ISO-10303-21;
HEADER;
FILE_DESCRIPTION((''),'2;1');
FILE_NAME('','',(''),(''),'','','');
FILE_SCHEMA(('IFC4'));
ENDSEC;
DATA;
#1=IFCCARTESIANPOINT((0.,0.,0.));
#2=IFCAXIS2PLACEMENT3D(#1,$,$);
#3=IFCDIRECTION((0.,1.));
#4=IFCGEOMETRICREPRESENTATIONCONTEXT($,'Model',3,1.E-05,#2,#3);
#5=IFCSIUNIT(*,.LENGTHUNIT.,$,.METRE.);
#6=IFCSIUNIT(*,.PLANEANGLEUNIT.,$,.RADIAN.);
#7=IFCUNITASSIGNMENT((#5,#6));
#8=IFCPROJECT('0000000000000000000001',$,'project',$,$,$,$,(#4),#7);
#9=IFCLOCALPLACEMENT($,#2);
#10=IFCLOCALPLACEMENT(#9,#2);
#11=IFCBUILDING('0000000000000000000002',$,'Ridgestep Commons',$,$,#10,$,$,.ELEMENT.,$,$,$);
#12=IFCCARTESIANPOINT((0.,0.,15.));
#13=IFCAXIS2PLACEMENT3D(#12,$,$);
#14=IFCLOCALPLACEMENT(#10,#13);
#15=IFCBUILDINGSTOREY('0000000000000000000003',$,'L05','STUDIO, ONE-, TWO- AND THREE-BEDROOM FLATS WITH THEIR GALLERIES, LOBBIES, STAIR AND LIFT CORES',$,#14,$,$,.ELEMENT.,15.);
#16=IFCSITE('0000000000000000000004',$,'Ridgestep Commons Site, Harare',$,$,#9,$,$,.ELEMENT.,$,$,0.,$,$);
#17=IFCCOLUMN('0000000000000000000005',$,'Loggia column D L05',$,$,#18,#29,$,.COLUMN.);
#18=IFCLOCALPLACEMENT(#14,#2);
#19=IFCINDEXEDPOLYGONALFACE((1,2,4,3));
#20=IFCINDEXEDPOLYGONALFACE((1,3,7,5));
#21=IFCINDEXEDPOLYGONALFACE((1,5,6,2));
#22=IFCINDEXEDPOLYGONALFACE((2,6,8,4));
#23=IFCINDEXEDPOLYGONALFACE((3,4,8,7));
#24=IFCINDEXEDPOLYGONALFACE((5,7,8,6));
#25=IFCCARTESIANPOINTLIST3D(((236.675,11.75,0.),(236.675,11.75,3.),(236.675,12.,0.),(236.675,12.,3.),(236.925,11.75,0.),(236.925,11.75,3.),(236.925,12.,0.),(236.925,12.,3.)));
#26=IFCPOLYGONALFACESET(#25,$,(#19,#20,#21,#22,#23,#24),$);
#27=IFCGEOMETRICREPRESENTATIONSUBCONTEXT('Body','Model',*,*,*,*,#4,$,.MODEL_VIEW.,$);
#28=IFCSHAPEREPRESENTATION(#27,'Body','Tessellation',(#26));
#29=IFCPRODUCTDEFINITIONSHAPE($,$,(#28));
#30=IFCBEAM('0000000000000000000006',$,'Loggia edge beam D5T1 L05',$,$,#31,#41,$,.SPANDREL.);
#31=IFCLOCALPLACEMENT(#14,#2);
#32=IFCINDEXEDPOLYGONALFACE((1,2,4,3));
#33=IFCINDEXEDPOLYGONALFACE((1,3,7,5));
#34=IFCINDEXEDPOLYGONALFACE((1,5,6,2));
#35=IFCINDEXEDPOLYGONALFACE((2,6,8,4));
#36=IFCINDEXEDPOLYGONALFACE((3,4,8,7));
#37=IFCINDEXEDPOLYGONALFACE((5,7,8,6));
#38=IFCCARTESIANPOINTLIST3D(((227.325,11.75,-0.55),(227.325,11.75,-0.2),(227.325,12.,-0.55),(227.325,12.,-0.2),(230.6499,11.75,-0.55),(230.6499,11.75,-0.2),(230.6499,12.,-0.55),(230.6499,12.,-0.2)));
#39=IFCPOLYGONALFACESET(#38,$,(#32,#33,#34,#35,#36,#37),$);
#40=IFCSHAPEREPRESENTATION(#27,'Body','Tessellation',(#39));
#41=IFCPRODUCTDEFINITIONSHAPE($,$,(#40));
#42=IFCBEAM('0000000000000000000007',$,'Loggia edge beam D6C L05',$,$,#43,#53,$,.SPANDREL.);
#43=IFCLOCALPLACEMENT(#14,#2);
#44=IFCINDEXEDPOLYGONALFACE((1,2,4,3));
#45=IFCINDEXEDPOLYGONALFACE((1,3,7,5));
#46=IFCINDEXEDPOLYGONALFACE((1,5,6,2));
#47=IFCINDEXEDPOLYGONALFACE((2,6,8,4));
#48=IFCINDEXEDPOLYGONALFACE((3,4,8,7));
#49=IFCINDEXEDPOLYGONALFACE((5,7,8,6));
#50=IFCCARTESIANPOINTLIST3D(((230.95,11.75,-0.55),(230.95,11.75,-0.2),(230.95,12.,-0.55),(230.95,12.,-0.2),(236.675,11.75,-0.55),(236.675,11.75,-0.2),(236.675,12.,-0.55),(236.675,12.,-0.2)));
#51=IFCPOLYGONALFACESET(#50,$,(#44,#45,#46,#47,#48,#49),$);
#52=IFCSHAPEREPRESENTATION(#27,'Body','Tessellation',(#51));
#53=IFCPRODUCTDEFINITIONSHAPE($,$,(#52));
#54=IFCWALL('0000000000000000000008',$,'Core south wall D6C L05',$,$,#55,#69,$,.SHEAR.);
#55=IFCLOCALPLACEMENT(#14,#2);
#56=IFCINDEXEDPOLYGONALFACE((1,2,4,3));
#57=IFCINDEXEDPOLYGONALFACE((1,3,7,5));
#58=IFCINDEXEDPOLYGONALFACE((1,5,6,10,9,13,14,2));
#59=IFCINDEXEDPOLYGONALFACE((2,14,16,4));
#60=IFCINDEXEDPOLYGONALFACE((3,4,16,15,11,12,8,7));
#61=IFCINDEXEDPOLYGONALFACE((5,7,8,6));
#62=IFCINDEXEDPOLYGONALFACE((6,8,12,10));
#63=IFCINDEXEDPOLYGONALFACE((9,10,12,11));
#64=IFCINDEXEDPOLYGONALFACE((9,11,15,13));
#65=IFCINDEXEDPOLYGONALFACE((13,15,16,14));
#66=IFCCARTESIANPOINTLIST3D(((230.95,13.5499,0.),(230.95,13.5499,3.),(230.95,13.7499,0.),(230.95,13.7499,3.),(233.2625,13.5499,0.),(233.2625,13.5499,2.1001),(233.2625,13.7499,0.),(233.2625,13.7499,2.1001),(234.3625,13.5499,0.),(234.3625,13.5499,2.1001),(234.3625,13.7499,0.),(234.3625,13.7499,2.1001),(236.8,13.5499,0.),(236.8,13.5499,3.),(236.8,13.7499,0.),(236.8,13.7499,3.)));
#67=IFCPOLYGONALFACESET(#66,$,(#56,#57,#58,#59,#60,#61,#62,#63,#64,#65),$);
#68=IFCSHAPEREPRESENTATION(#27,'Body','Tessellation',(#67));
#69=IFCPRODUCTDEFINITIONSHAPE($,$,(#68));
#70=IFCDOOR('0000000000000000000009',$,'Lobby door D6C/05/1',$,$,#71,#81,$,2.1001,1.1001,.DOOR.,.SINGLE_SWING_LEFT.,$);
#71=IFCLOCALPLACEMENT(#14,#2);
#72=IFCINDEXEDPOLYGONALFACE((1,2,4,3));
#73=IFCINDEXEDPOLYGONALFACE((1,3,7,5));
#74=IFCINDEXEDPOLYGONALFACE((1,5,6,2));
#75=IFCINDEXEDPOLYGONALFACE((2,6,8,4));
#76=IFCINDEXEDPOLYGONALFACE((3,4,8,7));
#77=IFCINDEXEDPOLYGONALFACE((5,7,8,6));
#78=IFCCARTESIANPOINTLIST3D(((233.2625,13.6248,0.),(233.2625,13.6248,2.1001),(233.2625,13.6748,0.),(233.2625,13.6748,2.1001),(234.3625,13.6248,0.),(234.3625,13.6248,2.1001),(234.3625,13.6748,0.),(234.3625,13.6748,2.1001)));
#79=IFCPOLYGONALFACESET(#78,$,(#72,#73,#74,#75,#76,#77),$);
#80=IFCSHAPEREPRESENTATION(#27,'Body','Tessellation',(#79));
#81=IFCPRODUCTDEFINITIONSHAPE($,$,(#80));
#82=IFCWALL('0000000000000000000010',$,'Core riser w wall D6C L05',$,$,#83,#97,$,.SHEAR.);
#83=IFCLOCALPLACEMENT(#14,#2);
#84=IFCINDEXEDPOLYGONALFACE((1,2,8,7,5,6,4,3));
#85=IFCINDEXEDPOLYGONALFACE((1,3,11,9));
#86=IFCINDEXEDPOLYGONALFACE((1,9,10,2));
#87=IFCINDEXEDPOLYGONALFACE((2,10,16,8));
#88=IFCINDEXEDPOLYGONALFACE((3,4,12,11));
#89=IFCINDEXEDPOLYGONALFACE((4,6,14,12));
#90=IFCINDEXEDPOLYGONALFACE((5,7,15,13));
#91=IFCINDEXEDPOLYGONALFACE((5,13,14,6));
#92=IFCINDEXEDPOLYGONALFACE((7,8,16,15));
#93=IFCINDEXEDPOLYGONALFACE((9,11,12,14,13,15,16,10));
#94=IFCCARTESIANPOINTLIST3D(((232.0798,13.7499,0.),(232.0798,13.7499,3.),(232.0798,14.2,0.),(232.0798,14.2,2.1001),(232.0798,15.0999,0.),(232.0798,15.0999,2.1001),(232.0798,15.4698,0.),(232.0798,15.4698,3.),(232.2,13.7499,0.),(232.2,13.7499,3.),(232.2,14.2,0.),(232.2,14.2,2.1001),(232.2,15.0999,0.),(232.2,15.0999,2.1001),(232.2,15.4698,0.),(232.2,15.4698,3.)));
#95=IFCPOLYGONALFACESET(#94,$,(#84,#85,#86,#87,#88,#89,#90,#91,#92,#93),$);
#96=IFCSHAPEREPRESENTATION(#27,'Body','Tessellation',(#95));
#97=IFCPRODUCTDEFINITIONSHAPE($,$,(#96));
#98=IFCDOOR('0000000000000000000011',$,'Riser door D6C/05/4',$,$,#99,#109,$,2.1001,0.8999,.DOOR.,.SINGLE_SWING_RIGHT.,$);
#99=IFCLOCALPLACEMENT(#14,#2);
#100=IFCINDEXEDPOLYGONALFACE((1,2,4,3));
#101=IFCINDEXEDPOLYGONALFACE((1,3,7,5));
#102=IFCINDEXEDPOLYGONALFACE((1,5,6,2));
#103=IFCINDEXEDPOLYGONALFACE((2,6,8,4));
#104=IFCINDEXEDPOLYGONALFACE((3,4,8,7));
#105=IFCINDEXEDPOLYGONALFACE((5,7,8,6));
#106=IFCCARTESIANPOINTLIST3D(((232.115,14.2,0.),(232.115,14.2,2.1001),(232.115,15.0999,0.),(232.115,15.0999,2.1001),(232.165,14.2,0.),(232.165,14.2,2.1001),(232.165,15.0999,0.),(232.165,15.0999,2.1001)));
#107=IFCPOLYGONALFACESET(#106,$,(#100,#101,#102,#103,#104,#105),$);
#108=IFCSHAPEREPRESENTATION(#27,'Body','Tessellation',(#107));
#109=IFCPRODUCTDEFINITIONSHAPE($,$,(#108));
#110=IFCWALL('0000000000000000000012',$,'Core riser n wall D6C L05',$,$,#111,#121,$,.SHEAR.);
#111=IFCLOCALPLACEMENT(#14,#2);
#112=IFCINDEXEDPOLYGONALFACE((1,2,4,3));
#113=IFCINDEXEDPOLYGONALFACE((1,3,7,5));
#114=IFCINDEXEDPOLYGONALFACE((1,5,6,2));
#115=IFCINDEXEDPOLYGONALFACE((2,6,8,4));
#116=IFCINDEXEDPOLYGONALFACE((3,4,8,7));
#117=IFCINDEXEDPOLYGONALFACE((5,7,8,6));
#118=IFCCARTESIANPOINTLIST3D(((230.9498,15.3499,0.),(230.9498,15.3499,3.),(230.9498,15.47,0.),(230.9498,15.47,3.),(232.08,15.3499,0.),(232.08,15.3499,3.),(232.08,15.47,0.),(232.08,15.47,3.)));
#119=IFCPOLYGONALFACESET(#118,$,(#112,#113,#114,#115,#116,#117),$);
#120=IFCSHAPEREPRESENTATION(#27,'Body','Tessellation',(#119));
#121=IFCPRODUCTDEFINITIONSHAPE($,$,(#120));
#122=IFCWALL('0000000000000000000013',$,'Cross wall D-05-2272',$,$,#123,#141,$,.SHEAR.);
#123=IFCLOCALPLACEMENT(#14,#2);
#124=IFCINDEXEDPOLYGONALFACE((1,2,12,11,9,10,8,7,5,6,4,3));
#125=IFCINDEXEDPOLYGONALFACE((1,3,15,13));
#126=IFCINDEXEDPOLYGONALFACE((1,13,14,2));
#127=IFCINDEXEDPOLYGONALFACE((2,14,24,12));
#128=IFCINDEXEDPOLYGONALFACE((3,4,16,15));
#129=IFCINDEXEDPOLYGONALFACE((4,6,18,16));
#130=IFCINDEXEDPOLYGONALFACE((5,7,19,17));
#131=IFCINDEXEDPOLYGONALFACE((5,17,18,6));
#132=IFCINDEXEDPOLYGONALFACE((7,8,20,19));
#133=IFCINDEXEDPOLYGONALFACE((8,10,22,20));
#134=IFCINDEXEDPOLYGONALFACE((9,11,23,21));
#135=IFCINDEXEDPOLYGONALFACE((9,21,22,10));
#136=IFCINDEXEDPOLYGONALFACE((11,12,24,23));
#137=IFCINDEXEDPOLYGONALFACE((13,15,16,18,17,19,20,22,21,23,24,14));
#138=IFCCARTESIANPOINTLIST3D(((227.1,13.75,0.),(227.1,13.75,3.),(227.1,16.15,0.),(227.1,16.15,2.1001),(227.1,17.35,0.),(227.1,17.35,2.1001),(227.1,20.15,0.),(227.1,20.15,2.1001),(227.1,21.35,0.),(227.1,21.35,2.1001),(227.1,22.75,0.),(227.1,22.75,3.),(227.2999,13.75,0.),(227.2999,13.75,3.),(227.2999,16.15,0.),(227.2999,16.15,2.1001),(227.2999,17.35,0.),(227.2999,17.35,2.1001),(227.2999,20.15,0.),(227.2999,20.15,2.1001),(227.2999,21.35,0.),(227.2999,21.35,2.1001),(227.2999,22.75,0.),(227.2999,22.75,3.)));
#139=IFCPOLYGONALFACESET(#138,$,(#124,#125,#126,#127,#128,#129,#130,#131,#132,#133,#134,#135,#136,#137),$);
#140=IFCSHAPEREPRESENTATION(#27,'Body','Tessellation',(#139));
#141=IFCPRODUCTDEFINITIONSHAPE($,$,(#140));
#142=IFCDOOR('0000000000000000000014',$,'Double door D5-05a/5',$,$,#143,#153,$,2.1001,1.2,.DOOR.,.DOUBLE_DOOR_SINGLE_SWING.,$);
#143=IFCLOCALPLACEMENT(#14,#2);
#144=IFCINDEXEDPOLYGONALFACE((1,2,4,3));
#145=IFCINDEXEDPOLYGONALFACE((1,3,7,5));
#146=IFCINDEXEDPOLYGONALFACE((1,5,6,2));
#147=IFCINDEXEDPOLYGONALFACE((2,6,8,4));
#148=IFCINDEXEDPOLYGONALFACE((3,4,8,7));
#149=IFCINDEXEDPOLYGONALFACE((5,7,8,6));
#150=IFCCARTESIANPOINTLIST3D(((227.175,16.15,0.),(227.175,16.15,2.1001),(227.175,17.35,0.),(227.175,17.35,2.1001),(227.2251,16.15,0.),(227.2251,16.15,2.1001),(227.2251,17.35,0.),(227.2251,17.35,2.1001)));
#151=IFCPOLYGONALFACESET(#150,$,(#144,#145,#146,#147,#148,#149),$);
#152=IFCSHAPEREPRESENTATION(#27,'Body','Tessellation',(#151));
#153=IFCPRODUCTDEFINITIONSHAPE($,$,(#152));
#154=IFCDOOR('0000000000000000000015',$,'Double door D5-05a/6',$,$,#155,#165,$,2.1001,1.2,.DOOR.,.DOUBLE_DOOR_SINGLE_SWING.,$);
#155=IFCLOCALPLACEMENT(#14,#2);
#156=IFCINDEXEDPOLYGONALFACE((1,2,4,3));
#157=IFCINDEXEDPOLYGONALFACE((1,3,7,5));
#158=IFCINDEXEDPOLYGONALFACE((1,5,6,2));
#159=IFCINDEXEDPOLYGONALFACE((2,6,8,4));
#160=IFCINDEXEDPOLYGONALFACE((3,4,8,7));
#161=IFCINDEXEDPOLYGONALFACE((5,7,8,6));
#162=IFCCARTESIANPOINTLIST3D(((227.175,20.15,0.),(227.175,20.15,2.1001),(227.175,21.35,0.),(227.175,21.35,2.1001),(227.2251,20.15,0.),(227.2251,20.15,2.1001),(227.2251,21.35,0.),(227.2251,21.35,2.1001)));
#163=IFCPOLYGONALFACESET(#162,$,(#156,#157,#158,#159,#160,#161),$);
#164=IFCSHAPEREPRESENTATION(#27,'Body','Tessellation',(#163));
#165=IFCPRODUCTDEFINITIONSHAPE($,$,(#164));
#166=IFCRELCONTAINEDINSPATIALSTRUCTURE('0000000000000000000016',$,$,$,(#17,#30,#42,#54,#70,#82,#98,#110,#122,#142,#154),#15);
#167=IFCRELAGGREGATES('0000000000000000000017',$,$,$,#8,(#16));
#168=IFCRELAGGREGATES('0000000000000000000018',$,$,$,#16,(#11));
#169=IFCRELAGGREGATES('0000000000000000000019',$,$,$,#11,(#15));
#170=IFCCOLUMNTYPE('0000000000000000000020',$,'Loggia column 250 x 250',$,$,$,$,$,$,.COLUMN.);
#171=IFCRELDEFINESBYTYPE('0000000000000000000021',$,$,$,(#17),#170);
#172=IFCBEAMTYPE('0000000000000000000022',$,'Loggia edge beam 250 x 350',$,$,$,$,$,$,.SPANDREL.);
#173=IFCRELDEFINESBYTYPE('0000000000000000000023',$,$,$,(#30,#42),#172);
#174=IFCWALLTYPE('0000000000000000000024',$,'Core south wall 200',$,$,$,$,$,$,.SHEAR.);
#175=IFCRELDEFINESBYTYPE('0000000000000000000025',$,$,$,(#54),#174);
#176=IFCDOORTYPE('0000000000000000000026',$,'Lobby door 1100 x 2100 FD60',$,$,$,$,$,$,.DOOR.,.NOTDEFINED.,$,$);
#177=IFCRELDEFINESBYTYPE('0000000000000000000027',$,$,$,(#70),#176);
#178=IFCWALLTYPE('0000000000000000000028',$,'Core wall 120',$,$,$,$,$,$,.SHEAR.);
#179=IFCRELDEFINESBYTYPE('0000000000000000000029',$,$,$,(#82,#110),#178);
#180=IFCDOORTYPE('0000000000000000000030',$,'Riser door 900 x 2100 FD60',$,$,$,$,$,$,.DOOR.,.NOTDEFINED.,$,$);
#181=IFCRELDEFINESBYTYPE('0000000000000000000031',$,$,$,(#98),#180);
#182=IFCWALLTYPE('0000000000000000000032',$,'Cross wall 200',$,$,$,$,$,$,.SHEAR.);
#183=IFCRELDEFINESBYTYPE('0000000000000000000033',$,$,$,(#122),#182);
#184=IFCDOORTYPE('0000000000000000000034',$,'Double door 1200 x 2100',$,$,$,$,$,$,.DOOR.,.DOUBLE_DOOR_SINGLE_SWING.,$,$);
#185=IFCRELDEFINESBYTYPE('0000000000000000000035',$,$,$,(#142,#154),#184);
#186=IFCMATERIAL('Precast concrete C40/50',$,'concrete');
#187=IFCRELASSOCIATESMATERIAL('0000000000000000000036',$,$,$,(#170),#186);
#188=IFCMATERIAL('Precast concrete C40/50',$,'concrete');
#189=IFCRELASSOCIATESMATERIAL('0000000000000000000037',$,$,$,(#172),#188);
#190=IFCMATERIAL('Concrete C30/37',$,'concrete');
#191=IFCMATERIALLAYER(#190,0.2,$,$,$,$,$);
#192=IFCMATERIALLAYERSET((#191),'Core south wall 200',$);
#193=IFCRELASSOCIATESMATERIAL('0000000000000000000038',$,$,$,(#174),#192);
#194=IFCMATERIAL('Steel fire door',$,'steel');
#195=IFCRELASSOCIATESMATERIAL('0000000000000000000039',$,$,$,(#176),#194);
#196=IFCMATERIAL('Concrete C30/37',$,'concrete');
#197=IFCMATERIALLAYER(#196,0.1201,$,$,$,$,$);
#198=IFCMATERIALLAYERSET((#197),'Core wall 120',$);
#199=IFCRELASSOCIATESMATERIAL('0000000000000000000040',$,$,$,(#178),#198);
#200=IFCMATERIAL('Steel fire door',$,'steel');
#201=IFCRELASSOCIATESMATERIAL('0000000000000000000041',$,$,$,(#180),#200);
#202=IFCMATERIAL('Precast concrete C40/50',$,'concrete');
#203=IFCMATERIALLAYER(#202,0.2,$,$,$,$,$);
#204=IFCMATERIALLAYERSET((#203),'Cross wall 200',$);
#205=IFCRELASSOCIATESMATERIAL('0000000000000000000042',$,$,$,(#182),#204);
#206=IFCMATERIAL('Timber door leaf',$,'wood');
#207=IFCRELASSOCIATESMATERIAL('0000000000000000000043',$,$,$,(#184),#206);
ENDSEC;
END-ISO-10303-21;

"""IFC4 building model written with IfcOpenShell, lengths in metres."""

from ifc_helpers import new_model, si_unit, direction, frame, frame_2d, origin, origin_2d, place, context, subcontext, project, spatial, rectangle, extrude, material, layer, layer_set, material_profile, profile_set, type_object, element, fill, save


model = new_model("IFC4")

# Units and contexts
model_context = context("Model", 3, precision=1e-05, world=origin(), true_north=direction((0.0, 1.0)))
body_context = subcontext(model_context, "Body", "Model", "MODEL_VIEW")
ifc_project = project(units=[si_unit("LENGTHUNIT", "METRE"), si_unit("PLANEANGLEUNIT", "RADIAN")], contexts=[model_context])

# Site, building, storey
site_placement = place(None, origin())
site = spatial("IfcSite", under=ifc_project, at=site_placement, Name="Ridgestep Commons Site, Harare", CompositionType="ELEMENT", RefElevation=0.0)
building_placement = place(site_placement, origin())
building = spatial("IfcBuilding", under=site, at=building_placement, Name="Ridgestep Commons", CompositionType="ELEMENT")
storey_placement = place(building_placement, frame((0.0, 0.0, 15.0)))
storey = spatial("IfcBuildingStorey", under=building, at=storey_placement, Name="L05", Description="STUDIO, ONE-, TWO- AND THREE-BEDROOM FLATS WITH THEIR GALLERIES, LOBBIES, STAIR AND LIFT CORES", CompositionType="ELEMENT", Elevation=15.0)

# Column
ifc_material_1 = material(Name="Precast concrete C40/50", Category="concrete")
ifc_material_profile_1 = material_profile(ifc_material_1, rectangle(XDim=0.25, YDim=0.25, at=origin_2d()), Name="PC 250x250")
ifc_profile_set_1 = profile_set([ifc_material_profile_1], Name="Precast concrete C40/50")
column_type = type_object("IfcColumnType", Name="Loggia column 250 x 250", PredefinedType="COLUMN", material=ifc_profile_set_1)
column_placement = place(storey_placement, frame((236.8, 11.875, 0.0), z_axis=(0.0, 0.0, 1.0), x_axis=(1.0, 0.0, 0.0)))
element("IfcColumn", 1, at=column_placement, inside=storey, type_object=column_type, Name="Loggia column D L05", PredefinedType="COLUMN", context=body_context, shape_type="SweptSolid", body=[
    extrude(rectangle(XDim=0.25, YDim=0.25, at=origin_2d()), origin(), (0.0, 0.0, 1.0), 3.0),
])

# Beams
ifc_material_2 = material(Name="Precast concrete C40/50", Category="concrete")
ifc_material_profile_2 = material_profile(ifc_material_2, rectangle(XDim=0.25, YDim=0.3501, at=origin_2d()), Name="PC 250x350")
ifc_profile_set_2 = profile_set([ifc_material_profile_2], Name="Precast concrete C40/50")
beam_type = type_object("IfcBeamType", Name="Loggia edge beam 250 x 350", PredefinedType="SPANDREL", material=ifc_profile_set_2)
beam_1_placement = place(storey_placement, frame((227.325, 11.875, -0.375), z_axis=(1.0, 0.0, 0.0), x_axis=(0.0, 1.0, 0.0)))
element("IfcBeam", 2, at=beam_1_placement, inside=storey, type_object=beam_type, Name="Loggia edge beam D5T1 L05", PredefinedType="SPANDREL", context=body_context, shape_type="SweptSolid", body=[
    extrude(rectangle(XDim=0.25, YDim=0.3501, at=origin_2d()), origin(), (0.0, 0.0, 1.0), 3.325),
])
beam_2_placement = place(storey_placement, frame((230.95, 11.875, -0.375), z_axis=(1.0, 0.0, 0.0), x_axis=(0.0, 1.0, 0.0)))
element("IfcBeam", 3, at=beam_2_placement, inside=storey, type_object=beam_type, Name="Loggia edge beam D6C L05", PredefinedType="SPANDREL", context=body_context, shape_type="SweptSolid", body=[
    extrude(rectangle(XDim=0.25, YDim=0.3501, at=origin_2d()), origin(), (0.0, 0.0, 1.0), 5.7251),
])

# Walls, openings, doors
ifc_material_3 = material(Name="Concrete C30/37", Category="concrete")
ifc_layer_1 = layer(ifc_material_3, 0.2)
ifc_layer_set_1 = layer_set([ifc_layer_1], Name="Core south wall 200")
wall_type_1 = type_object("IfcWallType", Name="Core south wall 200", PredefinedType="SHEAR", material=ifc_layer_set_1)
wall_1_placement = place(storey_placement, frame((230.95, 13.6499, 0.0), z_axis=(0.0, 0.0, 1.0), x_axis=(1.0, 0.0, 0.0)))
wall_1 = element("IfcWall", 4, at=wall_1_placement, inside=storey, type_object=wall_type_1, Name="Core south wall D6C L05", PredefinedType="SHEAR", context=body_context, shape_type="SweptSolid", body=[
    extrude(rectangle(XDim=5.8501, YDim=0.2, at=frame_2d((2.925, 0.0))), origin(), (0.0, 0.0, 1.0), 3.0),
])
opening_1_placement = place(wall_1_placement, frame((2.3125, 0.0, 0.0)))
opening_1 = element("IfcOpeningElement", 5, at=opening_1_placement, cuts=wall_1, PredefinedType="OPENING", context=body_context, shape_type="SweptSolid", body=[
    extrude(rectangle(XDim=1.1001, YDim=2.1001, at=frame_2d((0.55, 1.05))), frame((0.0, 0.1099, 0.0), z_axis=(0.0, -1.0, 0.0), x_axis=(1.0, 0.0, 0.0)), (0.0, 0.0, 1.0), 0.22),
])
ifc_material_4 = material(Name="Steel fire door", Category="steel")
door_type_1 = type_object("IfcDoorType", Name="Lobby door 1100 x 2100 FD60", OperationType="NOTDEFINED", PredefinedType="DOOR", material=ifc_material_4)
door_1_placement = place(opening_1_placement, origin())
door_1 = element("IfcDoor", 6, at=door_1_placement, inside=storey, type_object=door_type_1, Name="Lobby door D6C/05/1", OperationType="SINGLE_SWING_LEFT", OverallHeight=2.1001, OverallWidth=1.1001, PredefinedType="DOOR", context=body_context, shape_type="SweptSolid", body=[
    extrude(rectangle(XDim=1.1001, YDim=2.1001, at=frame_2d((0.55, 1.05))), frame((0.0, 0.0249, 0.0), z_axis=(0.0, -1.0, 0.0), x_axis=(1.0, 0.0, 0.0)), (0.0, 0.0, 1.0), 0.05),
])
fill(opening_1, door_1)
ifc_material_5 = material(Name="Concrete C30/37", Category="concrete")
ifc_layer_2 = layer(ifc_material_5, 0.1201)
ifc_layer_set_2 = layer_set([ifc_layer_2], Name="Core wall 120")
wall_type_2 = type_object("IfcWallType", Name="Core wall 120", PredefinedType="SHEAR", material=ifc_layer_set_2)
wall_2_placement = place(storey_placement, frame((232.1399, 13.75, 0.0), z_axis=(0.0, 0.0, 1.0), x_axis=(0.0, 1.0, 0.0)))
wall_2 = element("IfcWall", 7, at=wall_2_placement, inside=storey, type_object=wall_type_2, Name="Core riser w wall D6C L05", PredefinedType="SHEAR", context=body_context, shape_type="SweptSolid", body=[
    extrude(rectangle(XDim=1.72, YDim=0.1201, at=frame_2d((0.8599, 0.0))), origin(), (0.0, 0.0, 1.0), 3.0),
])
opening_2_placement = place(wall_2_placement, frame((0.45, 0.0, 0.0)))
opening_2 = element("IfcOpeningElement", 8, at=opening_2_placement, cuts=wall_2, PredefinedType="OPENING", context=body_context, shape_type="SweptSolid", body=[
    extrude(rectangle(XDim=0.8999, YDim=2.1001, at=frame_2d((0.45, 1.05))), frame((0.0, 0.0701, 0.0), z_axis=(0.0, -1.0, 0.0), x_axis=(1.0, 0.0, 0.0)), (0.0, 0.0, 1.0), 0.1401),
])
ifc_material_6 = material(Name="Steel fire door", Category="steel")
door_type_2 = type_object("IfcDoorType", Name="Riser door 900 x 2100 FD60", OperationType="NOTDEFINED", PredefinedType="DOOR", material=ifc_material_6)
door_2_placement = place(opening_2_placement, origin())
door_2 = element("IfcDoor", 9, at=door_2_placement, inside=storey, type_object=door_type_2, Name="Riser door D6C/05/4", OperationType="SINGLE_SWING_RIGHT", OverallHeight=2.1001, OverallWidth=0.8999, PredefinedType="DOOR", context=body_context, shape_type="SweptSolid", body=[
    extrude(rectangle(XDim=0.8999, YDim=2.1001, at=frame_2d((0.45, 1.05))), frame((0.0, 0.0249, 0.0), z_axis=(0.0, -1.0, 0.0), x_axis=(1.0, 0.0, 0.0)), (0.0, 0.0, 1.0), 0.05),
])
fill(opening_2, door_2)

# Wall
wall_3_placement = place(storey_placement, frame((230.95, 15.4099, 0.0), z_axis=(0.0, 0.0, 1.0), x_axis=(1.0, 0.0, 0.0)))
element("IfcWall", 10, at=wall_3_placement, inside=storey, type_object=wall_type_2, Name="Core riser n wall D6C L05", PredefinedType="SHEAR", context=body_context, shape_type="SweptSolid", body=[
    extrude(rectangle(XDim=1.1301, YDim=0.1201, at=frame_2d((0.5649, 0.0))), origin(), (0.0, 0.0, 1.0), 3.0),
])

# Wall, openings, doors
ifc_material_7 = material(Name="Precast concrete C40/50", Category="concrete")
ifc_layer_3 = layer(ifc_material_7, 0.2)
ifc_layer_set_3 = layer_set([ifc_layer_3], Name="Cross wall 200")
wall_type_3 = type_object("IfcWallType", Name="Cross wall 200", PredefinedType="SHEAR", material=ifc_layer_set_3)
wall_4_placement = place(storey_placement, frame((227.2, 13.75, 0.0), z_axis=(0.0, 0.0, 1.0), x_axis=(0.0, 1.0, 0.0)))
wall_4 = element("IfcWall", 11, at=wall_4_placement, inside=storey, type_object=wall_type_3, Name="Cross wall D-05-2272", PredefinedType="SHEAR", context=body_context, shape_type="SweptSolid", body=[
    extrude(rectangle(XDim=9.0, YDim=0.2, at=frame_2d((4.5, 0.0))), origin(), (0.0, 0.0, 1.0), 3.0),
])
opening_3_placement = place(wall_4_placement, frame((2.3999, 0.0, 0.0)))
opening_3 = element("IfcOpeningElement", 12, at=opening_3_placement, cuts=wall_4, PredefinedType="OPENING", context=body_context, shape_type="SweptSolid", body=[
    extrude(rectangle(XDim=1.2, YDim=2.1001, at=frame_2d((0.6001, 1.05))), frame((0.0, 0.1099, 0.0), z_axis=(0.0, -1.0, 0.0), x_axis=(1.0, 0.0, 0.0)), (0.0, 0.0, 1.0), 0.22),
])
opening_4_placement = place(wall_4_placement, frame((6.3999, 0.0, 0.0)))
opening_4 = element("IfcOpeningElement", 13, at=opening_4_placement, cuts=wall_4, PredefinedType="OPENING", context=body_context, shape_type="SweptSolid", body=[
    extrude(rectangle(XDim=1.2, YDim=2.1001, at=frame_2d((0.6001, 1.05))), frame((0.0, 0.1099, 0.0), z_axis=(0.0, -1.0, 0.0), x_axis=(1.0, 0.0, 0.0)), (0.0, 0.0, 1.0), 0.22),
])
ifc_material_8 = material(Name="Timber door leaf", Category="wood")
door_type_3 = type_object("IfcDoorType", Name="Double door 1200 x 2100", OperationType="DOUBLE_DOOR_SINGLE_SWING", PredefinedType="DOOR", material=ifc_material_8)
door_3_placement = place(opening_3_placement, origin())
door_3 = element("IfcDoor", 14, at=door_3_placement, inside=storey, type_object=door_type_3, Name="Double door D5-05a/5", OperationType="DOUBLE_DOOR_SINGLE_SWING", OverallHeight=2.1001, OverallWidth=1.2, PredefinedType="DOOR", context=body_context, shape_type="SweptSolid", body=[
    extrude(rectangle(XDim=1.2, YDim=2.1001, at=frame_2d((0.6001, 1.05))), frame((0.0, 0.0249, 0.0), z_axis=(0.0, -1.0, 0.0), x_axis=(1.0, 0.0, 0.0)), (0.0, 0.0, 1.0), 0.05),
])
fill(opening_3, door_3)
door_4_placement = place(opening_4_placement, origin())
door_4 = element("IfcDoor", 15, at=door_4_placement, inside=storey, type_object=door_type_3, Name="Double door D5-05a/6", OperationType="DOUBLE_DOOR_SINGLE_SWING", OverallHeight=2.1001, OverallWidth=1.2, PredefinedType="DOOR", context=body_context, shape_type="SweptSolid", body=[
    extrude(rectangle(XDim=1.2, YDim=2.1001, at=frame_2d((0.6001, 1.05))), frame((0.0, 0.0249, 0.0), z_axis=(0.0, -1.0, 0.0), x_axis=(1.0, 0.0, 0.0)), (0.0, 0.0, 1.0), 0.05),
])
fill(opening_4, door_4)

save(model, "model.ifc")
